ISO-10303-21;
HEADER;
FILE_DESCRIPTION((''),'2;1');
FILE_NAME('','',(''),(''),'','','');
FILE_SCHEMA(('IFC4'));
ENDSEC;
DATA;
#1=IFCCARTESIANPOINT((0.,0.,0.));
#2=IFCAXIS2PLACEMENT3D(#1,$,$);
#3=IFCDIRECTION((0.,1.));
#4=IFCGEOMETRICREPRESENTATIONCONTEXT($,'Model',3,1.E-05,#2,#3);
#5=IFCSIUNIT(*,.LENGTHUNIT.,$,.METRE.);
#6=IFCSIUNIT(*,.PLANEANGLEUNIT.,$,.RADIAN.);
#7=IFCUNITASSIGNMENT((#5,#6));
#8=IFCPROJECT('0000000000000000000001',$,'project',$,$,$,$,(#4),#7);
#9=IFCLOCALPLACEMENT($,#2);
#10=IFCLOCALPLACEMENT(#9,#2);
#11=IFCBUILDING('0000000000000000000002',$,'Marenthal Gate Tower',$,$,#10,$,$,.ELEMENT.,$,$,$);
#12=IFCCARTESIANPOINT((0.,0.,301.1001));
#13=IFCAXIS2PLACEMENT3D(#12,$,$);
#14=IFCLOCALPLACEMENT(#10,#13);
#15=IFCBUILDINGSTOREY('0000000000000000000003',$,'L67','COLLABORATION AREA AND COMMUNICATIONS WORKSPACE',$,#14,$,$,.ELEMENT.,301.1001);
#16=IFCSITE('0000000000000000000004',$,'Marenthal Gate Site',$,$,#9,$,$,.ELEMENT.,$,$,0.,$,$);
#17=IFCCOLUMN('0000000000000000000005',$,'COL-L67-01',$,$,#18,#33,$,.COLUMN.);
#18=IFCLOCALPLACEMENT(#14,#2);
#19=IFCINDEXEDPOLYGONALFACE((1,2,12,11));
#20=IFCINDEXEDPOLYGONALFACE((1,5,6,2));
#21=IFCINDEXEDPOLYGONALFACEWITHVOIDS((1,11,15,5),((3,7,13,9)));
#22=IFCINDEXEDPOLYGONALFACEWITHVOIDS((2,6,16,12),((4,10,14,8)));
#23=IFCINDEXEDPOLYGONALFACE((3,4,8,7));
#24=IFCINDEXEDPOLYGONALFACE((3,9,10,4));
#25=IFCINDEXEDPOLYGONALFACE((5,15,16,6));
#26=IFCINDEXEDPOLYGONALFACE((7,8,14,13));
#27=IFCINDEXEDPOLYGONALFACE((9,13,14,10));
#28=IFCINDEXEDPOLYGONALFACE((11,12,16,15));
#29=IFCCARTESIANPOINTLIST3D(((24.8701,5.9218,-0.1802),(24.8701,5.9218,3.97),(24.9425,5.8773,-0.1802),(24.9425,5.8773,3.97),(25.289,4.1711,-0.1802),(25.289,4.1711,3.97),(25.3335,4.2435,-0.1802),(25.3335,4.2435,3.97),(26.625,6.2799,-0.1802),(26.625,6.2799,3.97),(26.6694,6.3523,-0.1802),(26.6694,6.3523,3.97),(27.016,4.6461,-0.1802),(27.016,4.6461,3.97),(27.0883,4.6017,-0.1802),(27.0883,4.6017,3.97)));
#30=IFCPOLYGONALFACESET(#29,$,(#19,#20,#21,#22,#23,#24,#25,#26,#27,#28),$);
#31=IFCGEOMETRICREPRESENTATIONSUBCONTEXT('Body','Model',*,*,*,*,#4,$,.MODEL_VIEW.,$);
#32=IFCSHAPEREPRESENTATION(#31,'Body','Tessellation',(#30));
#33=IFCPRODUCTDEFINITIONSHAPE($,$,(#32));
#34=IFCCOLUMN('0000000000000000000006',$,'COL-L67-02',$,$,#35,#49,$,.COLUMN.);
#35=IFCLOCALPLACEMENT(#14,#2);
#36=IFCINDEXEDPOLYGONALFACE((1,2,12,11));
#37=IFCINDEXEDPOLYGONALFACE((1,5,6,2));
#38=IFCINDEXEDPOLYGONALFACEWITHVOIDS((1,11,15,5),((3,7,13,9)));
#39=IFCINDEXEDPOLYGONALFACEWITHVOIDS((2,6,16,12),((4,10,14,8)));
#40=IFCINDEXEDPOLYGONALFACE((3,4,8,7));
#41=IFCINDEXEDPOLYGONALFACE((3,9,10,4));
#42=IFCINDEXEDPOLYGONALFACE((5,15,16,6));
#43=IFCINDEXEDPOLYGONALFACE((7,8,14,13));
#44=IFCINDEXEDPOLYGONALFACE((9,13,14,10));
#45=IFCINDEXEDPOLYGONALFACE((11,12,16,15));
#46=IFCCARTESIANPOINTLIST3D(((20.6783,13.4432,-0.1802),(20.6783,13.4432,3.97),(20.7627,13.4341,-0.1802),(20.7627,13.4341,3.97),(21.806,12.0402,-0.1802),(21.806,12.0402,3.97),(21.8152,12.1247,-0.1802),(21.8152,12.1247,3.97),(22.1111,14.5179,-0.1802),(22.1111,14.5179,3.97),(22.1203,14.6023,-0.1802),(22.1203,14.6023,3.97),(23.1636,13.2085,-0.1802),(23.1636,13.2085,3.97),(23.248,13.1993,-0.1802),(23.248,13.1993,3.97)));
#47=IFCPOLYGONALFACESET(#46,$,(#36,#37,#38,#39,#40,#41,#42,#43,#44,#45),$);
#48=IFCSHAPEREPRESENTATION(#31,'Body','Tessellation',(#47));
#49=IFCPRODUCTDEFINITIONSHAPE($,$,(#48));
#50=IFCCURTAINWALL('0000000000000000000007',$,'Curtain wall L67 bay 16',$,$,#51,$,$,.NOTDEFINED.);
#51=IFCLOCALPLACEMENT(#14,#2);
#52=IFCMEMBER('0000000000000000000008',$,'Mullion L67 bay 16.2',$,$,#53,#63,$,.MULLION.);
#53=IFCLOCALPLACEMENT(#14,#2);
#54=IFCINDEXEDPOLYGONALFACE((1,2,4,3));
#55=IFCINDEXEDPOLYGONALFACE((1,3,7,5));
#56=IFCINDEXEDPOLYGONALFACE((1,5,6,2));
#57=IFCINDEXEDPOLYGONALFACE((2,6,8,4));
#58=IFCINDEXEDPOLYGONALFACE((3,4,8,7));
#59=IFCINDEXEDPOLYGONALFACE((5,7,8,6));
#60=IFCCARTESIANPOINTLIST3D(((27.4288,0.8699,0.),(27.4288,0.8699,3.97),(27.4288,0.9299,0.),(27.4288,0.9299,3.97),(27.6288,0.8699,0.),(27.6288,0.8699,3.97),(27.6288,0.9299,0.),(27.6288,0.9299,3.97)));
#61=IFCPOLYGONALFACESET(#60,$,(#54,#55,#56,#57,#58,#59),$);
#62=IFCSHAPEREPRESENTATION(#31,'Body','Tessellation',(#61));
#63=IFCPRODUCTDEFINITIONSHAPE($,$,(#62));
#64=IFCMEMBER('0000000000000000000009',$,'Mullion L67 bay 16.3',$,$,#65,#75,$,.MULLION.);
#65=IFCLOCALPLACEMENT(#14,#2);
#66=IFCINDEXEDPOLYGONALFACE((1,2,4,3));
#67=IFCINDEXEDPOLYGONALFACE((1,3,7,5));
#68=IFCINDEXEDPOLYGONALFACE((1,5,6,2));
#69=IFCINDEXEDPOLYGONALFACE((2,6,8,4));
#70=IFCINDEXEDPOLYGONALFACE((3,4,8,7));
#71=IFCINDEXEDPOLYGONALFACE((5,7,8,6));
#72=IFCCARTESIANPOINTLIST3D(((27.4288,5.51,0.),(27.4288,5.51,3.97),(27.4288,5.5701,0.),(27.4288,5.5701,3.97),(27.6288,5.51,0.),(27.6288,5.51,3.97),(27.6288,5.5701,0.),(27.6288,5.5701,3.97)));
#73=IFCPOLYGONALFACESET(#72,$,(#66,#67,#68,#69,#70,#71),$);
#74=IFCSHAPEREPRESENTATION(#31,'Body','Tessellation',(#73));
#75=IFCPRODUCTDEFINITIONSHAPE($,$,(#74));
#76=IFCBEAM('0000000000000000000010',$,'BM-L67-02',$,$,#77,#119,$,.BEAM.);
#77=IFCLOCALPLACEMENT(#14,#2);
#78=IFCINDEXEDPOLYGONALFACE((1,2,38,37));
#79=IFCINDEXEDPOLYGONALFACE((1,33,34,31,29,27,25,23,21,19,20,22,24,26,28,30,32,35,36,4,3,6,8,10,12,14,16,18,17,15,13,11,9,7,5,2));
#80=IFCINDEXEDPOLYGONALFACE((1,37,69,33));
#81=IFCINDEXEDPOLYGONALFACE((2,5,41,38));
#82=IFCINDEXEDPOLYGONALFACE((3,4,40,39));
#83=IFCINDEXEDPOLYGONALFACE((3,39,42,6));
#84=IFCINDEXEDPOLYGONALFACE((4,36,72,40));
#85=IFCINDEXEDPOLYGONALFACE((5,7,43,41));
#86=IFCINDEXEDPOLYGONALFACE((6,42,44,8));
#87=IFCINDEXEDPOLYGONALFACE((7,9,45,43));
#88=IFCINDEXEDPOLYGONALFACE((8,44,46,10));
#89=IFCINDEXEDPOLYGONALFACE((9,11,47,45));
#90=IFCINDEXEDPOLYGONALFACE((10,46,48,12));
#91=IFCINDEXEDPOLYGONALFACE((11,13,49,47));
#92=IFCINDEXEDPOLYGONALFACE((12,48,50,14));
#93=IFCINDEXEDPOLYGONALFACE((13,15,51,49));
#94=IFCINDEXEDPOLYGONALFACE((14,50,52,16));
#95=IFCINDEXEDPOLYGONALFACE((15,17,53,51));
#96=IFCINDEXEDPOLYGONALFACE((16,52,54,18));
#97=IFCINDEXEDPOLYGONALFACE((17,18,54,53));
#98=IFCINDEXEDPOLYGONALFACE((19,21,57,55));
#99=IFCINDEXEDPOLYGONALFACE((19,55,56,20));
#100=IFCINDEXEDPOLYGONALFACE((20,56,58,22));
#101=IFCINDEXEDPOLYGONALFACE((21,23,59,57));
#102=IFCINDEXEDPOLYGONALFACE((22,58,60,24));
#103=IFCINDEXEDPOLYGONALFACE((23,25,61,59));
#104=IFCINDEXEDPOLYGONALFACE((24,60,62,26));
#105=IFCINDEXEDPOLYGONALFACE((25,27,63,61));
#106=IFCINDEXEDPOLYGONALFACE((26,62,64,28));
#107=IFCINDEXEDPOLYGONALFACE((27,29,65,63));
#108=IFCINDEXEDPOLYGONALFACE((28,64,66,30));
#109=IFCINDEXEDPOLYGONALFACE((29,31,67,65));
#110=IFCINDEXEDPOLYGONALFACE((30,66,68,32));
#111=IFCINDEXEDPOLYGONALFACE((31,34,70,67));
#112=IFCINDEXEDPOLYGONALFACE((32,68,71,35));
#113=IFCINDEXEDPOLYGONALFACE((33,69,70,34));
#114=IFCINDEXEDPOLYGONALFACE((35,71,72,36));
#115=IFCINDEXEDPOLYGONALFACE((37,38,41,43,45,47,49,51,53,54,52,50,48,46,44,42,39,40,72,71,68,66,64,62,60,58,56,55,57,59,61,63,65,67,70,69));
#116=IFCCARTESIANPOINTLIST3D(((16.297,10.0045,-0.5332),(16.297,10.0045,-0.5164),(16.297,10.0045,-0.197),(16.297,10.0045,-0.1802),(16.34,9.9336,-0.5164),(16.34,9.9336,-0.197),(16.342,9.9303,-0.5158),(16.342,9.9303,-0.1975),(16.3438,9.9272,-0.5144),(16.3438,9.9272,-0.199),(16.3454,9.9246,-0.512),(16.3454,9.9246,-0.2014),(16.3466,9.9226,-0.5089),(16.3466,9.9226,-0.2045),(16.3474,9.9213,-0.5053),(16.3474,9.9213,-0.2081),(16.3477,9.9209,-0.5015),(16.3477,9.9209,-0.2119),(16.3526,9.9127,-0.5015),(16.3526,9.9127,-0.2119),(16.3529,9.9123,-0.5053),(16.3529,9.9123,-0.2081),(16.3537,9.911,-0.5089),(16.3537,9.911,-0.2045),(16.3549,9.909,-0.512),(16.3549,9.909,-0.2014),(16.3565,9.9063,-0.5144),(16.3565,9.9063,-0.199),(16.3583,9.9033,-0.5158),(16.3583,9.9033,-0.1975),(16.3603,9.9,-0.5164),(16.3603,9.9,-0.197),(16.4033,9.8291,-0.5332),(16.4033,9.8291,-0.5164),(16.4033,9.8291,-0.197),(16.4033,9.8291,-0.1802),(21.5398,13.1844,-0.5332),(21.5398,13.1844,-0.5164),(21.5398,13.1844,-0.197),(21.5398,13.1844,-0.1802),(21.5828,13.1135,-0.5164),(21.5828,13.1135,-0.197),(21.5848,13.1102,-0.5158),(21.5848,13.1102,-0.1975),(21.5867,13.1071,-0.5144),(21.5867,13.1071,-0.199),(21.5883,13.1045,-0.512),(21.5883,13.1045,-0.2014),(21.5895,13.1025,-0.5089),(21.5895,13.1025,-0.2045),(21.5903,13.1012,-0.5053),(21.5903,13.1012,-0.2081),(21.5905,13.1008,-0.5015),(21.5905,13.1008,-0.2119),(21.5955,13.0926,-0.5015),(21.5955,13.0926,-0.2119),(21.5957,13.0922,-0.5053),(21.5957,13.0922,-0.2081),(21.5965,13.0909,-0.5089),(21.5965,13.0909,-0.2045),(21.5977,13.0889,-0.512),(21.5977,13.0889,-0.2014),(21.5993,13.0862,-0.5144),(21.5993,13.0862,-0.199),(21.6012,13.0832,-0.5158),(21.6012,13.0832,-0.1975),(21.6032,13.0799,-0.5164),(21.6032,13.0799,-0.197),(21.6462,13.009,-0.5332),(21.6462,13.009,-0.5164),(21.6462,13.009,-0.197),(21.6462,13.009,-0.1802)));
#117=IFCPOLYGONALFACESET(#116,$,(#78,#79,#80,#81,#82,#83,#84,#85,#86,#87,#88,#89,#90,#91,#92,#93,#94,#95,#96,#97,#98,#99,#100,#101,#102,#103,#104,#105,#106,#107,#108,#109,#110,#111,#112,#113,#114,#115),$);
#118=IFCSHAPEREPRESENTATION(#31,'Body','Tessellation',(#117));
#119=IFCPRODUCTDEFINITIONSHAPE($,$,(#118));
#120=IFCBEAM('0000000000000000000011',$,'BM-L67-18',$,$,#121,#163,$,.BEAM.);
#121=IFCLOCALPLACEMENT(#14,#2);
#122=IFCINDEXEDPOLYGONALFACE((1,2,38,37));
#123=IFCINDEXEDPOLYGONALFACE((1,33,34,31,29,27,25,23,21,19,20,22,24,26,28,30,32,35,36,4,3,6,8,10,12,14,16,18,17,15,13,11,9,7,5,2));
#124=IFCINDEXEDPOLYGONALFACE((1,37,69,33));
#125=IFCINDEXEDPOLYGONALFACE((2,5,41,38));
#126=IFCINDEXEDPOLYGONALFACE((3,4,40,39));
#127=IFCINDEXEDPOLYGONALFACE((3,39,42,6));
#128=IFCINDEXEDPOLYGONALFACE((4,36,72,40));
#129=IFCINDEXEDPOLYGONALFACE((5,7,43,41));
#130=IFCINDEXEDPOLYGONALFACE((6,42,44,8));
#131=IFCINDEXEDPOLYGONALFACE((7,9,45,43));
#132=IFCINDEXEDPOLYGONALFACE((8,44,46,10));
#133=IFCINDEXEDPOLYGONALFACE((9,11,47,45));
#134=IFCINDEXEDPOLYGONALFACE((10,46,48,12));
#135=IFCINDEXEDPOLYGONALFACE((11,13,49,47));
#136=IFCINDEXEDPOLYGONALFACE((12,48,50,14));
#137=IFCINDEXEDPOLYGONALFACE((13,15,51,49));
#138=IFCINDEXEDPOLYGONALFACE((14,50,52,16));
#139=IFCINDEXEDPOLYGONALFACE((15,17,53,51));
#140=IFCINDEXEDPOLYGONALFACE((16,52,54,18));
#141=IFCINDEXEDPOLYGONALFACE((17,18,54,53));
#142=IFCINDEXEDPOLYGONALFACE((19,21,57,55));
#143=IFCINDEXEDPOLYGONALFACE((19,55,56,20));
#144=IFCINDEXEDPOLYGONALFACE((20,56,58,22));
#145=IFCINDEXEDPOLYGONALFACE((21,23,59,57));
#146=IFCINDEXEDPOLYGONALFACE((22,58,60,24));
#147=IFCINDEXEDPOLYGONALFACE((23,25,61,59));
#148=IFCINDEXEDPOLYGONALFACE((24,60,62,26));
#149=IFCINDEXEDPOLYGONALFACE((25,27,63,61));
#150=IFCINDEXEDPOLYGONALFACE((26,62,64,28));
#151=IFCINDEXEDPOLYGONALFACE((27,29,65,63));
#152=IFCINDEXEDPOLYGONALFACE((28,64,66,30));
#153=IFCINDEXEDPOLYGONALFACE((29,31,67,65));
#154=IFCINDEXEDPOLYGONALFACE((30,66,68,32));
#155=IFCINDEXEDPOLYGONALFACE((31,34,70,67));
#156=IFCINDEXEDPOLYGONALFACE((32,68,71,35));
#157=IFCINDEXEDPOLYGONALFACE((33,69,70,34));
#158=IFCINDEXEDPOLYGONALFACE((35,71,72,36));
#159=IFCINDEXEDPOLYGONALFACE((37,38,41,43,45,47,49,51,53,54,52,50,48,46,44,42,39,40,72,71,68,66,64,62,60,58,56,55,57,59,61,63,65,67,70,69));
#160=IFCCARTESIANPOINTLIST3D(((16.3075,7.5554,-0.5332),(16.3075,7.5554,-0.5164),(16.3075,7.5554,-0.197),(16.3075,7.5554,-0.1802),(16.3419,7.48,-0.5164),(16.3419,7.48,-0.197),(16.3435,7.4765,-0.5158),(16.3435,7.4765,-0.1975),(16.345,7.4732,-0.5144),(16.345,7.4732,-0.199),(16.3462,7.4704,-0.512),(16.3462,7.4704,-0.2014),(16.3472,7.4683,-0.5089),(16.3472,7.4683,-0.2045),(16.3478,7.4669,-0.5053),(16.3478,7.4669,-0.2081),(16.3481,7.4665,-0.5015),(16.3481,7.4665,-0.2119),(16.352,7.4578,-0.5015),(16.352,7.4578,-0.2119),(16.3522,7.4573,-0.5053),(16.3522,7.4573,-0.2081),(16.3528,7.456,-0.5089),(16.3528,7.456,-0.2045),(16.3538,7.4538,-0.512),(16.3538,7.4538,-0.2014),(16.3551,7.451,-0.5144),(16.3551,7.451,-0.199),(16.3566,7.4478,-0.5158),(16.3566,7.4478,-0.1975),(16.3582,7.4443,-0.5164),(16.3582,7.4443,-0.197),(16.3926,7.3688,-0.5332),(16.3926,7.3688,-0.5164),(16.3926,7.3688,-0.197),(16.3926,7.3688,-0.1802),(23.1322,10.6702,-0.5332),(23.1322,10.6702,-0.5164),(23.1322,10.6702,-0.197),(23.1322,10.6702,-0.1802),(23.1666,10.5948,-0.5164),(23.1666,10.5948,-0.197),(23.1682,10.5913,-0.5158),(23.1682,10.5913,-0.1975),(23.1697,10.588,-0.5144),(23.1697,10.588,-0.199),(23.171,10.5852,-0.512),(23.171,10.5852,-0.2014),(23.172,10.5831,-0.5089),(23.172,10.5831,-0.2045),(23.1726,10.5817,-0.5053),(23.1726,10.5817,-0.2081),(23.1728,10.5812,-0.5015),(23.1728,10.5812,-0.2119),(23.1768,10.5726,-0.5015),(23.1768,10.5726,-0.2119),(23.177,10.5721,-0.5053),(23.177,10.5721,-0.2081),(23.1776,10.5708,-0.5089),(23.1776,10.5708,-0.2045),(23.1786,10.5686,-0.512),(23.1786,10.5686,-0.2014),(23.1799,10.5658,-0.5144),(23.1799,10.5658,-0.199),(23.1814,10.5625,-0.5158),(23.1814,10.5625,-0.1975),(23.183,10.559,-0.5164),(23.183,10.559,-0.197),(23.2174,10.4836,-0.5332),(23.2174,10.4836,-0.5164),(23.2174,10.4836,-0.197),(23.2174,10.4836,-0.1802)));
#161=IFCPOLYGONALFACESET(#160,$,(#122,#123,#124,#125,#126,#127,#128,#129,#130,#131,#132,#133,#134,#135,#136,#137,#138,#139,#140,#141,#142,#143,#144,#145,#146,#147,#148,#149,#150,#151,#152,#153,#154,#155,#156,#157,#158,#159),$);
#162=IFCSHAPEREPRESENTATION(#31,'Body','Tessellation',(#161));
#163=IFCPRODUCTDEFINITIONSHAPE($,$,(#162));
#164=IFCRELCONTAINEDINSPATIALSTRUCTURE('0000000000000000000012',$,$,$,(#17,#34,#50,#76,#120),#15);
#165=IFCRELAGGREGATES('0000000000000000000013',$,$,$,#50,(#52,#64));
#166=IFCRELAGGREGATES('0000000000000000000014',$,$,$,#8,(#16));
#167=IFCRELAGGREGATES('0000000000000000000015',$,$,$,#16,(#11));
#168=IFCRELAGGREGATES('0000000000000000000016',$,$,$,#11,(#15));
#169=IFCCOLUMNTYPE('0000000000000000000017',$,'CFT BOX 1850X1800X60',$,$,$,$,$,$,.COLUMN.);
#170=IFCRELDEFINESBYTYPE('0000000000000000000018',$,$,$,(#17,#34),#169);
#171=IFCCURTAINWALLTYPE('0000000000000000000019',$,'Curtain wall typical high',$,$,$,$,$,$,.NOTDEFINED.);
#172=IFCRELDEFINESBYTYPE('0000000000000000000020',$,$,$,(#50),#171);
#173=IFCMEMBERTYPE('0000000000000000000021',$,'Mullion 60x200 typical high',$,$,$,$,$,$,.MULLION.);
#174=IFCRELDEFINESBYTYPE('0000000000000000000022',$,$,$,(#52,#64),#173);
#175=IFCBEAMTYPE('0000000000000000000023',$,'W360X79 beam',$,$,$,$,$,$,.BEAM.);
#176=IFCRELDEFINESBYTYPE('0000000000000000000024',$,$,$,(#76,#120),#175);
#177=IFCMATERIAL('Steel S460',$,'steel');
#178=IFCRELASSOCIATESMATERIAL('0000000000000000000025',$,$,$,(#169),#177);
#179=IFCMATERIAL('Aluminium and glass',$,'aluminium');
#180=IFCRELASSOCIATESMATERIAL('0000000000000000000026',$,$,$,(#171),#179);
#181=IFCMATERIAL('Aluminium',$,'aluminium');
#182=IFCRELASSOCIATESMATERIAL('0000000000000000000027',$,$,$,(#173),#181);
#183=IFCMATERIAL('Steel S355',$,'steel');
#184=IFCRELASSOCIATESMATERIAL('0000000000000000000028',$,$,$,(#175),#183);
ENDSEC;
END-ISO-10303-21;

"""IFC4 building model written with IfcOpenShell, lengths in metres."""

from ifc_helpers import new_model, si_unit, direction, frame, origin, origin_2d, place, context, subcontext, project, spatial, rectangle, hollow_rectangle, i_section, extrude, material, material_profile, profile_set, type_object, element, aggregate, save


model = new_model("IFC4")

# Units and contexts
model_context = context("Model", 3, precision=1e-05, world=origin(), true_north=direction((0.0, 1.0)))
body_context = subcontext(model_context, "Body", "Model", "MODEL_VIEW")
ifc_project = project(units=[si_unit("LENGTHUNIT", "METRE"), si_unit("PLANEANGLEUNIT", "RADIAN")], contexts=[model_context])

# Site, building, storey
site_placement = place(None, origin())
site = spatial("IfcSite", under=ifc_project, at=site_placement, Name="Marenthal Gate Site", CompositionType="ELEMENT", RefElevation=0.0)
building_placement = place(site_placement, origin())
building = spatial("IfcBuilding", under=site, at=building_placement, Name="Marenthal Gate Tower", CompositionType="ELEMENT")
storey_placement = place(building_placement, frame((0.0, 0.0, 301.1001)))
storey = spatial("IfcBuildingStorey", under=building, at=storey_placement, Name="L67", Description="COLLABORATION AREA AND COMMUNICATIONS WORKSPACE", CompositionType="ELEMENT", Elevation=301.1001)

# Columns
ifc_material_1 = material(Name="Steel S460", Category="steel")
ifc_material_profile_1 = material_profile(ifc_material_1, hollow_rectangle(XDim=1.8, YDim=1.8501, WallThickness=0.0601, at=origin_2d()), Name="CFT BOX 1850X1800X60")
ifc_material_2 = material(Name="Concrete 70 MPa", Category="concrete")
ifc_material_profile_2 = material_profile(ifc_material_2, rectangle(XDim=1.6799, YDim=1.73, at=origin_2d()), Name="CFT BOX 1850X1800X60 INFILL")
ifc_profile_set_1 = profile_set([ifc_material_profile_1, ifc_material_profile_2], Name="Steel S460 shell, Concrete 70 MPa infill")
column_type = type_object("IfcColumnType", Name="CFT BOX 1850X1800X60", PredefinedType="COLUMN", material=ifc_profile_set_1)
for number, where, z_axis, x_axis, name in (
    (1, (25.9792, 5.2617, -0.1802), (0.0, 0.0, 1.0), (0.232716, -0.972545, 0.0), "COL-L67-01"),
    (2, (21.9631, 13.3213, -0.1802), (0.0, 0.0, 1.0), (0.626499, -0.779422, 0.0), "COL-L67-02"),
):
    element("IfcColumn", number, at=place(storey_placement, frame(where, z_axis=z_axis, x_axis=x_axis)), inside=storey, type_object=column_type, Name=name, PredefinedType="COLUMN", context=body_context, shape_type="SweptSolid", body=[
        extrude(hollow_rectangle(XDim=1.8, YDim=1.8501, WallThickness=0.0601, at=origin_2d()), origin(), (0.0, 0.0, 1.0), 4.1501),
    ])

# Curtain wall, members
ifc_material_3 = material(Name="Aluminium and glass", Category="aluminium")
curtain_wall_type = type_object("IfcCurtainWallType", Name="Curtain wall typical high", PredefinedType="NOTDEFINED", material=ifc_material_3)
curtain_wall_placement = place(storey_placement, origin())
curtain_wall = element("IfcCurtainWall", 3, at=curtain_wall_placement, inside=storey, type_object=curtain_wall_type, Name="Curtain wall L67 bay 16", PredefinedType="NOTDEFINED")
ifc_material_4 = material(Name="Aluminium", Category="aluminium")
ifc_material_profile_3 = material_profile(ifc_material_4, rectangle(XDim=0.2, YDim=0.0601, at=origin_2d()), Name="60x200 aluminium mullion")
ifc_profile_set_2 = profile_set([ifc_material_profile_3], Name="Aluminium")
member_type = type_object("IfcMemberType", Name="Mullion 60x200 typical high", PredefinedType="MULLION", material=ifc_profile_set_2)
member_1_placement = place(storey_placement, frame((27.5288, 0.8999, 0.0), z_axis=(0.0, 0.0, 1.0), x_axis=(-1.0, 0.0, 0.0)))
member_1 = element("IfcMember", 4, at=member_1_placement, type_object=member_type, Name="Mullion L67 bay 16.2", PredefinedType="MULLION", context=body_context, shape_type="SweptSolid", body=[
    extrude(rectangle(XDim=0.2, YDim=0.0601, at=origin_2d()), origin(), (0.0, 0.0, 1.0), 3.97),
])
member_2_placement = place(storey_placement, frame((27.5288, 5.54, 0.0), z_axis=(0.0, 0.0, 1.0), x_axis=(-1.0, 0.0, 0.0)))
member_2 = element("IfcMember", 5, at=member_2_placement, type_object=member_type, Name="Mullion L67 bay 16.3", PredefinedType="MULLION", context=body_context, shape_type="SweptSolid", body=[
    extrude(rectangle(XDim=0.2, YDim=0.0601, at=origin_2d()), origin(), (0.0, 0.0, 1.0), 3.97),
])

# Beams
ifc_material_5 = material(Name="Steel S355", Category="steel")
ifc_material_profile_4 = material_profile(ifc_material_5, i_section(OverallWidth=0.2051, OverallDepth=0.353, WebThickness=0.0095, FlangeThickness=0.0168, FilletRadius=0.0149, at=origin_2d()), Name="W360X79")
ifc_profile_set_3 = profile_set([ifc_material_profile_4], Name="Steel S355")
beam_type_1 = type_object("IfcBeamType", Name="W360X79 beam", PredefinedType="BEAM", material=ifc_profile_set_3)
beam_1_placement = place(storey_placement, frame((21.593, 13.0967, -0.3567), z_axis=(-0.855024, -0.518588, 0.0), x_axis=(0.518588, -0.855024, 0.0)))
element("IfcBeam", 6, at=beam_1_placement, inside=storey, type_object=beam_type_1, Name="BM-L67-02", PredefinedType="BEAM", context=body_context, shape_type="SweptSolid", body=[
    extrude(i_section(OverallWidth=0.2051, OverallDepth=0.353, WebThickness=0.0095, FlangeThickness=0.0168, FilletRadius=0.0149, at=origin_2d()), origin(), (0.0, 0.0, 1.0), 6.1318),
])
beam_2_placement = place(storey_placement, frame((23.1748, 10.5769, -0.3567), z_axis=(-0.909732, -0.415195, 0.0), x_axis=(0.415195, -0.909732, 0.0)))
element("IfcBeam", 7, at=beam_2_placement, inside=storey, type_object=beam_type_1, Name="BM-L67-18", PredefinedType="BEAM", context=body_context, shape_type="SweptSolid", body=[
    extrude(i_section(OverallWidth=0.2051, OverallDepth=0.353, WebThickness=0.0095, FlangeThickness=0.0168, FilletRadius=0.0149, at=origin_2d()), origin(), (0.0, 0.0, 1.0), 7.502),
])

aggregate(curtain_wall, [member_1, member_2])

save(model, "model.ifc")
